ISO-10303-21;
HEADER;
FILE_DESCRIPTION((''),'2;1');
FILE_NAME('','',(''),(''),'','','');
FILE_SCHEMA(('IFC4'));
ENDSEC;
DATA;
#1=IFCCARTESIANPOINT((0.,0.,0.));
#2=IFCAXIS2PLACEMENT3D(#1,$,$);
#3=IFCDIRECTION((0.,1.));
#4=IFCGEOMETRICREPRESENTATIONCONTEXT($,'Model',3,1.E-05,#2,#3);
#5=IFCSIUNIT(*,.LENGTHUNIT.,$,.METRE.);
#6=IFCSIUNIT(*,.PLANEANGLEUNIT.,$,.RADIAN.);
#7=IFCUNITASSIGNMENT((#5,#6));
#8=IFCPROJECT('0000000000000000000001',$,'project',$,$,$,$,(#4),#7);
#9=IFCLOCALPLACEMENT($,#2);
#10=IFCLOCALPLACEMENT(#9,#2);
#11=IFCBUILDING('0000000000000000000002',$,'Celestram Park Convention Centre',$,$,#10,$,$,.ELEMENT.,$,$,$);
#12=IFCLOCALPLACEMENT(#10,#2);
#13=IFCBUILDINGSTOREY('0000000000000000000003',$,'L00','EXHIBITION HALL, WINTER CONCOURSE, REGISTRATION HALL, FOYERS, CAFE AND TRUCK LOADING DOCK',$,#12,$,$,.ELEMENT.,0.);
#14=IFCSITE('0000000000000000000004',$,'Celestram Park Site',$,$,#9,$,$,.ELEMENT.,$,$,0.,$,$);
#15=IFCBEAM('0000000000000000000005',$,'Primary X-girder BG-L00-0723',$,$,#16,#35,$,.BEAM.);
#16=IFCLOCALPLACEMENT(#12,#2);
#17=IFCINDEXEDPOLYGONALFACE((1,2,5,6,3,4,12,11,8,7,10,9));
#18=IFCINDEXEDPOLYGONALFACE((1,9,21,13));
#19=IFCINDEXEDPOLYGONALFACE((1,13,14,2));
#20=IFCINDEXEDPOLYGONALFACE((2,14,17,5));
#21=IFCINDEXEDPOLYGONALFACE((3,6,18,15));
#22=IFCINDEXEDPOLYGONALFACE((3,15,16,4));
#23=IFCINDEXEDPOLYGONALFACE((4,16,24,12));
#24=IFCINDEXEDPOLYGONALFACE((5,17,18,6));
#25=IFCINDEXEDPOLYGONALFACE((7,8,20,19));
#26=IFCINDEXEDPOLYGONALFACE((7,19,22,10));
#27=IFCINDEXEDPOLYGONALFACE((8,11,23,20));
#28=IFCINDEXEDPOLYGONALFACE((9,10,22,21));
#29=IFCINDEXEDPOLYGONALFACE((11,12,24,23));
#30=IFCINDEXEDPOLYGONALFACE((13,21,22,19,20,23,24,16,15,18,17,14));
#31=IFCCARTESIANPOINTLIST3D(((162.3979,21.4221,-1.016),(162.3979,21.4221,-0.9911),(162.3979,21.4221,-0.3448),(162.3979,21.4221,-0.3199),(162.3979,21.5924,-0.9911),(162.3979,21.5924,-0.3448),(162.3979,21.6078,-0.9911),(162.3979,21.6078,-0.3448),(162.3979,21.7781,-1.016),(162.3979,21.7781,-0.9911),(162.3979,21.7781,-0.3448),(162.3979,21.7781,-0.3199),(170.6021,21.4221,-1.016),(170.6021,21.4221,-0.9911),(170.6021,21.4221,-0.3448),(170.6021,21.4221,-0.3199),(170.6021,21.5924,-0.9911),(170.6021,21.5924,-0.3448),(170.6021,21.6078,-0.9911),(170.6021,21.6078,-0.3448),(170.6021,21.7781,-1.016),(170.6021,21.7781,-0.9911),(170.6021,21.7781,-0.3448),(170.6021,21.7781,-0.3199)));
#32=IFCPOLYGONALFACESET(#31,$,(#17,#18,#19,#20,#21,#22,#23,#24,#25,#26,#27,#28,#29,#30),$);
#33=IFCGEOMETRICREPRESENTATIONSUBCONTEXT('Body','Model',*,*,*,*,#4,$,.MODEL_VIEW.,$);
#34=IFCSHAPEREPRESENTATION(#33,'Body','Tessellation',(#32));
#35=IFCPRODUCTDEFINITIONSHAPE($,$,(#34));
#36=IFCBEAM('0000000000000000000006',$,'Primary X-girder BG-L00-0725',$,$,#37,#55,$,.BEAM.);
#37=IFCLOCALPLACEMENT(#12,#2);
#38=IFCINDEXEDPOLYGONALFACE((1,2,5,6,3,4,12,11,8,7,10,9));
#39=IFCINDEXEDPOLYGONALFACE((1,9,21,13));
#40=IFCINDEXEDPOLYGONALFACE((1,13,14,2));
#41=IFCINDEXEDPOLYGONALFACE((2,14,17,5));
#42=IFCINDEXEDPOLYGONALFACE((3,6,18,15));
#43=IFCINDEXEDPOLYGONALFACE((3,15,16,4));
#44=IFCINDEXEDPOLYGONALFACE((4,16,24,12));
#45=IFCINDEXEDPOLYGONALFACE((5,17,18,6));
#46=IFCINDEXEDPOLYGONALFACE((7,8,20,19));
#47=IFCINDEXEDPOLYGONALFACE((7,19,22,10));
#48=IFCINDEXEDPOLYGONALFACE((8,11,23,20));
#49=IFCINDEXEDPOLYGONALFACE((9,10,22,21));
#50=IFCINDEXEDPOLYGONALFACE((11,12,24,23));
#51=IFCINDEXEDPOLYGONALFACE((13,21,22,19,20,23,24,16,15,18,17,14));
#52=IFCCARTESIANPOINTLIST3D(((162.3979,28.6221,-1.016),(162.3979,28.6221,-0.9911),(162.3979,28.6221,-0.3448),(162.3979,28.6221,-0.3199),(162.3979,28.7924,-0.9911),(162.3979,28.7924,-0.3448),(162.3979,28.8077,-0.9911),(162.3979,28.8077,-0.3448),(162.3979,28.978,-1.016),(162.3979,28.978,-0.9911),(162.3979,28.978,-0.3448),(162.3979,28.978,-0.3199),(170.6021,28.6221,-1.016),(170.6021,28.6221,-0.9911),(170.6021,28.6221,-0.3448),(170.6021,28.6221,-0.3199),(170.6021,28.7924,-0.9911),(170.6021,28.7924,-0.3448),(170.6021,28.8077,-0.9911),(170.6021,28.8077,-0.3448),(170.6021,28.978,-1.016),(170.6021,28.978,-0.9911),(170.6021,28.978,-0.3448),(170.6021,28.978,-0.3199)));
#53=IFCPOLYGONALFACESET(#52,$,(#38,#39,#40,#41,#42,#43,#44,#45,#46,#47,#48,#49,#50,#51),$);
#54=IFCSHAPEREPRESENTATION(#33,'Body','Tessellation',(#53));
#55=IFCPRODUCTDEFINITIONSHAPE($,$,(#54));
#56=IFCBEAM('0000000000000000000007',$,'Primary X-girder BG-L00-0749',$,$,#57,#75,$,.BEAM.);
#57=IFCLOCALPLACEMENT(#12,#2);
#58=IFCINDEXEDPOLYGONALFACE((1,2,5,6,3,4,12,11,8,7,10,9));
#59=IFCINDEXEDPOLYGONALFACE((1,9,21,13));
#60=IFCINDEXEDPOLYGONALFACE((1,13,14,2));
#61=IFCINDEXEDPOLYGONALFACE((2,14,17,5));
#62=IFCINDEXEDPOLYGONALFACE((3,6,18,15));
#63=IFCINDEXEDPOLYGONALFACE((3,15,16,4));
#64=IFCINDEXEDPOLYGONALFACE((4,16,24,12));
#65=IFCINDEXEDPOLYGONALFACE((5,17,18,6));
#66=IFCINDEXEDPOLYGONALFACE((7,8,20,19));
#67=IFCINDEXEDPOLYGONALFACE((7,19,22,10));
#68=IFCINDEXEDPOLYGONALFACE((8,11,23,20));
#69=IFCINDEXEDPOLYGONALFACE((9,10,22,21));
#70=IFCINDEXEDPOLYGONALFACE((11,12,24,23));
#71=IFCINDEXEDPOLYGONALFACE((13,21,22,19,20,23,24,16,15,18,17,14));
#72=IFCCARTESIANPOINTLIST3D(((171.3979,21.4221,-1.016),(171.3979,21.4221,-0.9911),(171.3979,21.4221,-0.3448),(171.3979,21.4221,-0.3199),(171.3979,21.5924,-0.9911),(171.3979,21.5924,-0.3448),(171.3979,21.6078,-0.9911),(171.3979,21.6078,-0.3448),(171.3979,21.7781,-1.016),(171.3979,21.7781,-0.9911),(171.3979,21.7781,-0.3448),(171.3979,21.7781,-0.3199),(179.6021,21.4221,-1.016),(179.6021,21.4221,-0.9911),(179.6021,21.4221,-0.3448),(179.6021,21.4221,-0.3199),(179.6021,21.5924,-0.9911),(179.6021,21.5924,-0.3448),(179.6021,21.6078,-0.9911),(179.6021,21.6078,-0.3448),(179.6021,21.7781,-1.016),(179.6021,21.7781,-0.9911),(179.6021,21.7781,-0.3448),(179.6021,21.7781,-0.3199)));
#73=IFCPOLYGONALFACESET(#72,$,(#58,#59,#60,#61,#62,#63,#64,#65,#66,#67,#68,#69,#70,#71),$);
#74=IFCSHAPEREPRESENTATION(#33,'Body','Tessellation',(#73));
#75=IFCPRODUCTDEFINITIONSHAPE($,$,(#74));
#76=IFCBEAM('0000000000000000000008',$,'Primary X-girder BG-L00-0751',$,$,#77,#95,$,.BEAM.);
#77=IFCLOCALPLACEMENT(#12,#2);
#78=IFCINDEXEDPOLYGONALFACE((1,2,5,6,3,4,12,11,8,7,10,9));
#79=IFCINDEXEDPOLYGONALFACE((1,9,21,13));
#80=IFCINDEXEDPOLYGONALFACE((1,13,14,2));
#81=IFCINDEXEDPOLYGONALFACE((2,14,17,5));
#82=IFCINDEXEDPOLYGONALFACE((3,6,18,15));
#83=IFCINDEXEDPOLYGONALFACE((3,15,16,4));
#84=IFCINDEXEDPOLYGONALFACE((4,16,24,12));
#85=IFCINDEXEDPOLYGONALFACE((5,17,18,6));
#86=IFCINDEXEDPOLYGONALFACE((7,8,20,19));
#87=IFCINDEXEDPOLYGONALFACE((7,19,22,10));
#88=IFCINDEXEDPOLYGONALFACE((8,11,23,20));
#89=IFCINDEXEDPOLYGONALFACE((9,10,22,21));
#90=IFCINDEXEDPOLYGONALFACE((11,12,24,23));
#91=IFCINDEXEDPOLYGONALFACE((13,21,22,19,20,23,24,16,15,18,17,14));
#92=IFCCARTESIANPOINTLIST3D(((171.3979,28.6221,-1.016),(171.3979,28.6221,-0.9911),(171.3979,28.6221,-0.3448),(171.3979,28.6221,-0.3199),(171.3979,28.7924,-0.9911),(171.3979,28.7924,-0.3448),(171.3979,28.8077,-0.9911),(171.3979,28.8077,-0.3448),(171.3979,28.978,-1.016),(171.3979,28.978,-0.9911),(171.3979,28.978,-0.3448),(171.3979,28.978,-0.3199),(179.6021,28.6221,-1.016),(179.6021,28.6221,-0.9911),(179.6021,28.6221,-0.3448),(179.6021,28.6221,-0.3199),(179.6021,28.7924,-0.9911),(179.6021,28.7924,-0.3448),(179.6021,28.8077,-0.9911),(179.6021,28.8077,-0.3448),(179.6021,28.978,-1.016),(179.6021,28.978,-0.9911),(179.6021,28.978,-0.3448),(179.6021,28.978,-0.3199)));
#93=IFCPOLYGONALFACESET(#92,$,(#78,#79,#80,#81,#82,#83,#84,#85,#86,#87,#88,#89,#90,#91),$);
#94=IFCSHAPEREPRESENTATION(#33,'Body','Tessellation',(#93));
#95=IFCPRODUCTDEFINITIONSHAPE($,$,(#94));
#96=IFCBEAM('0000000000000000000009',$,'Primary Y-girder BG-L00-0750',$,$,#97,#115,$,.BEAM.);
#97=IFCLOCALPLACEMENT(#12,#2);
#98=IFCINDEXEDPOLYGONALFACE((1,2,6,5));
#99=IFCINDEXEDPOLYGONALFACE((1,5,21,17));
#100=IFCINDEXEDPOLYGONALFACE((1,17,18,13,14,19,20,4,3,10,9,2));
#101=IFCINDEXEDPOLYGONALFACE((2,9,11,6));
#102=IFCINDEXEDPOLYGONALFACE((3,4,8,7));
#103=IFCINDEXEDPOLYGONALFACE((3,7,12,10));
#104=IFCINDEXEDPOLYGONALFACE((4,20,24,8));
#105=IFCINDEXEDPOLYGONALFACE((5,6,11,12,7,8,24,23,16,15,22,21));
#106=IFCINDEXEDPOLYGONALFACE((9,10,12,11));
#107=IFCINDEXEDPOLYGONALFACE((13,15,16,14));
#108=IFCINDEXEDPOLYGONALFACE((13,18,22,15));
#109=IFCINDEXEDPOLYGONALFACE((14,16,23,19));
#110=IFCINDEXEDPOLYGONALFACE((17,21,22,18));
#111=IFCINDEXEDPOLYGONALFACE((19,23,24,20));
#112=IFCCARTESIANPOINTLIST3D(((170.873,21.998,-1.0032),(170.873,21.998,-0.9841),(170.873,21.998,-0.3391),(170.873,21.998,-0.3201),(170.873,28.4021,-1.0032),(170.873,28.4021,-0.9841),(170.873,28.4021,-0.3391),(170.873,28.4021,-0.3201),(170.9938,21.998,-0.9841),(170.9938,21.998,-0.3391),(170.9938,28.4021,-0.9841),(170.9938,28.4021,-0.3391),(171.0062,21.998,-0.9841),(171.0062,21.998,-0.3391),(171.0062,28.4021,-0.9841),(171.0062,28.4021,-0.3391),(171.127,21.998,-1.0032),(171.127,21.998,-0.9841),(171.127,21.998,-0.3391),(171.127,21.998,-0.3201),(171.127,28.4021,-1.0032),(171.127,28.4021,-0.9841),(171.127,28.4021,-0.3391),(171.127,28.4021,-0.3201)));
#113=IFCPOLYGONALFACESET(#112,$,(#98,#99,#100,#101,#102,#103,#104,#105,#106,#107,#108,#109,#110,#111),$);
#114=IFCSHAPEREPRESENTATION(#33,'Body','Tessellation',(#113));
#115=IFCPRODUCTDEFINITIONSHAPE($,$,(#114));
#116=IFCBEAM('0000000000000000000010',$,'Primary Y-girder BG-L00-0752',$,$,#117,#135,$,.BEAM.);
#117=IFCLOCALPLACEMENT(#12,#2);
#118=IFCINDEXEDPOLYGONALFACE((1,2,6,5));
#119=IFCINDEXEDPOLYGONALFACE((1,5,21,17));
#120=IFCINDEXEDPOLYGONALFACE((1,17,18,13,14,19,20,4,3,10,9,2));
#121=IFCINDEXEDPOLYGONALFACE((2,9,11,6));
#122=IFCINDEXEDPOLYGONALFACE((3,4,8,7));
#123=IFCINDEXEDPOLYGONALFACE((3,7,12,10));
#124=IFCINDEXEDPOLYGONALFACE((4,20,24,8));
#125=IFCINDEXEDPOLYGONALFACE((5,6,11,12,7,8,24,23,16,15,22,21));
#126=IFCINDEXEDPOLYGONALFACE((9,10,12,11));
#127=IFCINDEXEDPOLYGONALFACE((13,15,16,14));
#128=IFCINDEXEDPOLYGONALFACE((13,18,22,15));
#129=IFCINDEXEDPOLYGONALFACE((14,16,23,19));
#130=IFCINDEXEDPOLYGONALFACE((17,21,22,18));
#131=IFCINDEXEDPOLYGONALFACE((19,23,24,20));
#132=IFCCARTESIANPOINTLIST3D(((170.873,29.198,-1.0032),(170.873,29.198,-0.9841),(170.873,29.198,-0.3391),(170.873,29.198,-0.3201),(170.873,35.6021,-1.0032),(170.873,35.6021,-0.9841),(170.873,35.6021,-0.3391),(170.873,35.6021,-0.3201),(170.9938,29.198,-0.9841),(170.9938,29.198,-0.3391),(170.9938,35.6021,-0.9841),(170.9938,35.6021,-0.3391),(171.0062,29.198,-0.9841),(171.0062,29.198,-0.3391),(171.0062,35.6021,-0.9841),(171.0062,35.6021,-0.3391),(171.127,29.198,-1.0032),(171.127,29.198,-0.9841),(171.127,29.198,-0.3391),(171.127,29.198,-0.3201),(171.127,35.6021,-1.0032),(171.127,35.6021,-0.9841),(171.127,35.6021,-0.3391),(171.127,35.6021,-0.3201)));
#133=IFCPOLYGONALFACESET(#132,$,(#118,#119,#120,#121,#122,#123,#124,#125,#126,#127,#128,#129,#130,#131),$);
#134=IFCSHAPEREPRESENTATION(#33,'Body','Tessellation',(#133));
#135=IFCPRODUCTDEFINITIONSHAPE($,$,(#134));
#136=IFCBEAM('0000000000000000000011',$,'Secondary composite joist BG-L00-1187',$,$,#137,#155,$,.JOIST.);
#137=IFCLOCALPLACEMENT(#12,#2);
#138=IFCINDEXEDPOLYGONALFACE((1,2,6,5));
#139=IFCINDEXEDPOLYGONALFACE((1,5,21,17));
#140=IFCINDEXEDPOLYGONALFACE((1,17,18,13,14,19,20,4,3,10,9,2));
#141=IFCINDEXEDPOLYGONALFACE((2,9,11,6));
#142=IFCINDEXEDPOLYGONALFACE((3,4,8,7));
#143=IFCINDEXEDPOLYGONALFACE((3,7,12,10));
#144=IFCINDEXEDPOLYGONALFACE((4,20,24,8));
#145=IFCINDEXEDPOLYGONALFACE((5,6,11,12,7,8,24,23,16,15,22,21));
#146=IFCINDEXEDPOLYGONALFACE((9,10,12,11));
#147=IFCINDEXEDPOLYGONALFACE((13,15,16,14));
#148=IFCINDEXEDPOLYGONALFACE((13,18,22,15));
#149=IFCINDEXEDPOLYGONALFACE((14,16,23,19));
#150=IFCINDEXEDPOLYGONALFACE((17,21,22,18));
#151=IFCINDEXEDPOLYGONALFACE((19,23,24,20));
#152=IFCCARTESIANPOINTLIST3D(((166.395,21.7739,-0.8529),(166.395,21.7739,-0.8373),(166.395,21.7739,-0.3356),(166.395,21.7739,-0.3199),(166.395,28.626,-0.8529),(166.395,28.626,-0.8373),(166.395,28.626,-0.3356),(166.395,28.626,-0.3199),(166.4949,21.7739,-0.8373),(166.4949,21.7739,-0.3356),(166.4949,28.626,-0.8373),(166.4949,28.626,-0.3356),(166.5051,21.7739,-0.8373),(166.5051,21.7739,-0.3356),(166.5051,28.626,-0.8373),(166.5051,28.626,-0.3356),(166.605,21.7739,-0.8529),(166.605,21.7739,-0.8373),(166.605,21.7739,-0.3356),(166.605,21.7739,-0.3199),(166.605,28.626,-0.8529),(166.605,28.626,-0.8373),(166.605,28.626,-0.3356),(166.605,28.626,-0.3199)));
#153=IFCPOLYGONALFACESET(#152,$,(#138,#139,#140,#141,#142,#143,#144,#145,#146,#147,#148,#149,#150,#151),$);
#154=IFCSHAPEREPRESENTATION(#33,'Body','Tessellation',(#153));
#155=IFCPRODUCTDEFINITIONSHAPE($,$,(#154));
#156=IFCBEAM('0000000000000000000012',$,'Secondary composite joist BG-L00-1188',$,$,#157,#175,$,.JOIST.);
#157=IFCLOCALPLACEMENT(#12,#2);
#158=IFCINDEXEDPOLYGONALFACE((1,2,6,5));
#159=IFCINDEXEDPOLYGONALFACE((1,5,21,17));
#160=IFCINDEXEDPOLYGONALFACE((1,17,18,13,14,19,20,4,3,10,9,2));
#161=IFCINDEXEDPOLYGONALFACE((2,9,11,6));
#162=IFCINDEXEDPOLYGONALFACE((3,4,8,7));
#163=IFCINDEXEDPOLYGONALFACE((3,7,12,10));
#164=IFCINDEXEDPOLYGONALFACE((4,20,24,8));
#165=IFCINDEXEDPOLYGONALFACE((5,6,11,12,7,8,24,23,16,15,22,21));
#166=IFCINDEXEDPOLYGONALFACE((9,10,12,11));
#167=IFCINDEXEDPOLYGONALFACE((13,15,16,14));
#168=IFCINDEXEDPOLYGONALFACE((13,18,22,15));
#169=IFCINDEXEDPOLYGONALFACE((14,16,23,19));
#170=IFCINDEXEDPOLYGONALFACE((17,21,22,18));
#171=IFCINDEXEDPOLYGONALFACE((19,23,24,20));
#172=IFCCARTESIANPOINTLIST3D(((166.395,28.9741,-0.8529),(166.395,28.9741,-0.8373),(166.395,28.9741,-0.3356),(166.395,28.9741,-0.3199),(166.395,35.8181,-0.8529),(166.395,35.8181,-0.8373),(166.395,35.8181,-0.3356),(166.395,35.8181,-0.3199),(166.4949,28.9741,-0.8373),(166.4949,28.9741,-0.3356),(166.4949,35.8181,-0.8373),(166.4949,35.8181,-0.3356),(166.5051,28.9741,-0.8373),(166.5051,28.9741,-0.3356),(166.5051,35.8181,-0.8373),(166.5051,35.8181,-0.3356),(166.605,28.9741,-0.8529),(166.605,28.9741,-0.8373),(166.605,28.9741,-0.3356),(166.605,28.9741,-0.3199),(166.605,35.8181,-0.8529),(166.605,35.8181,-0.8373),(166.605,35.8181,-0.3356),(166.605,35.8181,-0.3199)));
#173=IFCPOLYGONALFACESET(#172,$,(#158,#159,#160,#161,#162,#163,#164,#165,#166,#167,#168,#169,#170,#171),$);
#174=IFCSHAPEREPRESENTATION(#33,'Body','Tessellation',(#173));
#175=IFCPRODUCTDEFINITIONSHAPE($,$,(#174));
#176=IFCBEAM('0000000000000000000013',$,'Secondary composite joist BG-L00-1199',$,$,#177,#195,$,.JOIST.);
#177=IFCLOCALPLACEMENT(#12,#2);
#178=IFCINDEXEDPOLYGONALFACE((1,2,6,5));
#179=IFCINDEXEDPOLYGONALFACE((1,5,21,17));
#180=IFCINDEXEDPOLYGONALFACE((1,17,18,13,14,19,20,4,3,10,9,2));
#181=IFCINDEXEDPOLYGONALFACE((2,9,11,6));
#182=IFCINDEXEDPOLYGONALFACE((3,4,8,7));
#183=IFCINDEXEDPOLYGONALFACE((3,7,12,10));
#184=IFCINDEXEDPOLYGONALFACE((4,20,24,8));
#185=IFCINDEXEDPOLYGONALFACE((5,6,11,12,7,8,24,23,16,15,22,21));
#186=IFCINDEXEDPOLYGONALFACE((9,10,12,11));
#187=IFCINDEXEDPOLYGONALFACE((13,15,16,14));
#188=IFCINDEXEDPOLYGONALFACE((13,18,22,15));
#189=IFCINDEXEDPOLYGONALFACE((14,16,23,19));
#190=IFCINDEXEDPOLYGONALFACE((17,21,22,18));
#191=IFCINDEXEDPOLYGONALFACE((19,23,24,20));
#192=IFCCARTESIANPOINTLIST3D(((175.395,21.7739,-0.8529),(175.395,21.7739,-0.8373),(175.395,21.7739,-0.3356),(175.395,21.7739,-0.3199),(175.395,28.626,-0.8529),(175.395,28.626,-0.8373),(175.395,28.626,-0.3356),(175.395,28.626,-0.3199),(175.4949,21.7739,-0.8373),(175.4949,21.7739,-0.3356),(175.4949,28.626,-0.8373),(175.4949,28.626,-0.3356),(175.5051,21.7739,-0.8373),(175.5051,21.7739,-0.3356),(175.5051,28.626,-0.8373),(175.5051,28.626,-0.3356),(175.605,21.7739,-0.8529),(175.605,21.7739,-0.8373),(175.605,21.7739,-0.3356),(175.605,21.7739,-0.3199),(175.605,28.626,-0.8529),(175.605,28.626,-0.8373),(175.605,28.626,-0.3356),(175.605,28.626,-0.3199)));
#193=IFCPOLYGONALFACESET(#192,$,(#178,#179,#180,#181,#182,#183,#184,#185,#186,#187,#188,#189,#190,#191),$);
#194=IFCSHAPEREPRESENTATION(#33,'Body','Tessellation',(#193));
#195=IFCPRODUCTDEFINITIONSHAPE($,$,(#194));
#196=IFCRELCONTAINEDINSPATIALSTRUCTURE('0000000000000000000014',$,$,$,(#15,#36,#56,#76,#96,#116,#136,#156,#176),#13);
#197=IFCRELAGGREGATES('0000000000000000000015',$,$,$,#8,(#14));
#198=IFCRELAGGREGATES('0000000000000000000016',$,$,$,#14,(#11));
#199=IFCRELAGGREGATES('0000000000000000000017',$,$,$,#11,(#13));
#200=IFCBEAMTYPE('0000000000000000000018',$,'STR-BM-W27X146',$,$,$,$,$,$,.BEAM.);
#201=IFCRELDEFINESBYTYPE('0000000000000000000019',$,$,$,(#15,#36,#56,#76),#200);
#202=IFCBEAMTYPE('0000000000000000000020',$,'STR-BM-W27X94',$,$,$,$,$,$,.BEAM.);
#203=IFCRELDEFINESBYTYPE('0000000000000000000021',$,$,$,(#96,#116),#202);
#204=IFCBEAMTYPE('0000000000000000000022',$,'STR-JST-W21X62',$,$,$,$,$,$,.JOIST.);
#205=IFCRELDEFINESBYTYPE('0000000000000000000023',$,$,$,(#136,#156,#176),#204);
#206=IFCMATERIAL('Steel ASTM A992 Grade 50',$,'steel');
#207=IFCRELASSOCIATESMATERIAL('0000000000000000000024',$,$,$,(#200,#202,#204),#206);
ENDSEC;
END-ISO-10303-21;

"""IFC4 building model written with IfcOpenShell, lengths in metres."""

from ifc_helpers import new_model, si_unit, direction, frame, origin, origin_2d, place, context, subcontext, project, spatial, i_section, extrude, material, material_profile, profile_set, type_object, element, save


model = new_model("IFC4")

# Units and contexts
model_context = context("Model", 3, precision=1e-05, world=origin(), true_north=direction((0.0, 1.0)))
body_context = subcontext(model_context, "Body", "Model", "MODEL_VIEW")
ifc_project = project(units=[si_unit("LENGTHUNIT", "METRE"), si_unit("PLANEANGLEUNIT", "RADIAN")], contexts=[model_context])

# Site, building, storey
site_placement = place(None, origin())
site = spatial("IfcSite", under=ifc_project, at=site_placement, Name="Celestram Park Site", CompositionType="ELEMENT", RefElevation=0.0)
building_placement = place(site_placement, origin())
building = spatial("IfcBuilding", under=site, at=building_placement, Name="Celestram Park Convention Centre", CompositionType="ELEMENT")
storey_placement = place(building_placement, origin())
storey = spatial("IfcBuildingStorey", under=building, at=storey_placement, Name="L00", Description="EXHIBITION HALL, WINTER CONCOURSE, REGISTRATION HALL, FOYERS, CAFE AND TRUCK LOADING DOCK", CompositionType="ELEMENT", Elevation=0.0)

# Beams
ifc_material_1 = material(Name="Steel ASTM A992 Grade 50", Category="steel")
ifc_material_profile_1 = material_profile(ifc_material_1, i_section(OverallWidth=0.356, OverallDepth=0.696, WebThickness=0.0154, FlangeThickness=0.0249, at=origin_2d()), Name="W27X146")
ifc_profile_set_1 = profile_set([ifc_material_profile_1], Name="Steel ASTM A992 Grade 50")
beam_type_1 = type_object("IfcBeamType", Name="STR-BM-W27X146", PredefinedType="BEAM", material=ifc_profile_set_1)
for number, where, z_axis, x_axis, name in (
    (1, (162.3979, 21.6001, -0.668), (1.0, 0.0, 0.0), (0.0, 1.0, 0.0), "Primary X-girder BG-L00-0723"),
    (2, (162.3979, 28.8, -0.668), (1.0, 0.0, 0.0), (0.0, 1.0, 0.0), "Primary X-girder BG-L00-0725"),
    (3, (171.3979, 21.6001, -0.668), (1.0, 0.0, 0.0), (0.0, 1.0, 0.0), "Primary X-girder BG-L00-0749"),
    (4, (171.3979, 28.8, -0.668), (1.0, 0.0, 0.0), (0.0, 1.0, 0.0), "Primary X-girder BG-L00-0751"),
):
    element("IfcBeam", number, at=place(storey_placement, frame(where, z_axis=z_axis, x_axis=x_axis)), inside=storey, type_object=beam_type_1, Name=name, PredefinedType="BEAM", context=body_context, shape_type="SweptSolid", body=[
        extrude(i_section(OverallWidth=0.356, OverallDepth=0.696, WebThickness=0.0154, FlangeThickness=0.0249, at=origin_2d()), origin(), (0.0, 0.0, 1.0), 8.2041),
    ])
ifc_material_profile_2 = material_profile(ifc_material_1, i_section(OverallWidth=0.2539, OverallDepth=0.6831, WebThickness=0.0125, FlangeThickness=0.019, at=origin_2d()), Name="W27X94")
ifc_profile_set_2 = profile_set([ifc_material_profile_2], Name="Steel ASTM A992 Grade 50")
beam_type_2 = type_object("IfcBeamType", Name="STR-BM-W27X94", PredefinedType="BEAM", material=ifc_profile_set_2)
for number, where, z_axis, x_axis, name in (
    (5, (171.0, 21.998, -0.6616), (0.0, 1.0, 0.0), (-1.0, 0.0, 0.0), "Primary Y-girder BG-L00-0750"),
    (6, (171.0, 29.198, -0.6616), (0.0, 1.0, 0.0), (-1.0, 0.0, 0.0), "Primary Y-girder BG-L00-0752"),
):
    element("IfcBeam", number, at=place(storey_placement, frame(where, z_axis=z_axis, x_axis=x_axis)), inside=storey, type_object=beam_type_2, Name=name, PredefinedType="BEAM", context=body_context, shape_type="SweptSolid", body=[
        extrude(i_section(OverallWidth=0.2539, OverallDepth=0.6831, WebThickness=0.0125, FlangeThickness=0.019, at=origin_2d()), origin(), (0.0, 0.0, 1.0), 6.4041),
    ])
ifc_material_profile_3 = material_profile(ifc_material_1, i_section(OverallWidth=0.21, OverallDepth=0.533, WebThickness=0.0103, FlangeThickness=0.0156, at=origin_2d()), Name="W21X62")
ifc_profile_set_3 = profile_set([ifc_material_profile_3], Name="Steel ASTM A992 Grade 50")
beam_type_3 = type_object("IfcBeamType", Name="STR-JST-W21X62", PredefinedType="JOIST", material=ifc_profile_set_3)
beam_1_placement = place(storey_placement, frame((166.5, 21.7739, -0.5864), z_axis=(0.0, 1.0, 0.0), x_axis=(-1.0, 0.0, 0.0)))
element("IfcBeam", 7, at=beam_1_placement, inside=storey, type_object=beam_type_3, Name="Secondary composite joist BG-L00-1187", PredefinedType="JOIST", context=body_context, shape_type="SweptSolid", body=[
    extrude(i_section(OverallWidth=0.21, OverallDepth=0.533, WebThickness=0.0103, FlangeThickness=0.0156, at=origin_2d()), origin(), (0.0, 0.0, 1.0), 6.8521),
])
beam_2_placement = place(storey_placement, frame((166.5, 28.9741, -0.5864), z_axis=(0.0, 1.0, 0.0), x_axis=(-1.0, 0.0, 0.0)))
element("IfcBeam", 8, at=beam_2_placement, inside=storey, type_object=beam_type_3, Name="Secondary composite joist BG-L00-1188", PredefinedType="JOIST", context=body_context, shape_type="SweptSolid", body=[
    extrude(i_section(OverallWidth=0.21, OverallDepth=0.533, WebThickness=0.0103, FlangeThickness=0.0156, at=origin_2d()), origin(), (0.0, 0.0, 1.0), 6.844),
])
beam_3_placement = place(storey_placement, frame((175.5, 21.7739, -0.5864), z_axis=(0.0, 1.0, 0.0), x_axis=(-1.0, 0.0, 0.0)))
element("IfcBeam", 9, at=beam_3_placement, inside=storey, type_object=beam_type_3, Name="Secondary composite joist BG-L00-1199", PredefinedType="JOIST", context=body_context, shape_type="SweptSolid", body=[
    extrude(i_section(OverallWidth=0.21, OverallDepth=0.533, WebThickness=0.0103, FlangeThickness=0.0156, at=origin_2d()), origin(), (0.0, 0.0, 1.0), 6.8521),
])

save(model, "model.ifc")
